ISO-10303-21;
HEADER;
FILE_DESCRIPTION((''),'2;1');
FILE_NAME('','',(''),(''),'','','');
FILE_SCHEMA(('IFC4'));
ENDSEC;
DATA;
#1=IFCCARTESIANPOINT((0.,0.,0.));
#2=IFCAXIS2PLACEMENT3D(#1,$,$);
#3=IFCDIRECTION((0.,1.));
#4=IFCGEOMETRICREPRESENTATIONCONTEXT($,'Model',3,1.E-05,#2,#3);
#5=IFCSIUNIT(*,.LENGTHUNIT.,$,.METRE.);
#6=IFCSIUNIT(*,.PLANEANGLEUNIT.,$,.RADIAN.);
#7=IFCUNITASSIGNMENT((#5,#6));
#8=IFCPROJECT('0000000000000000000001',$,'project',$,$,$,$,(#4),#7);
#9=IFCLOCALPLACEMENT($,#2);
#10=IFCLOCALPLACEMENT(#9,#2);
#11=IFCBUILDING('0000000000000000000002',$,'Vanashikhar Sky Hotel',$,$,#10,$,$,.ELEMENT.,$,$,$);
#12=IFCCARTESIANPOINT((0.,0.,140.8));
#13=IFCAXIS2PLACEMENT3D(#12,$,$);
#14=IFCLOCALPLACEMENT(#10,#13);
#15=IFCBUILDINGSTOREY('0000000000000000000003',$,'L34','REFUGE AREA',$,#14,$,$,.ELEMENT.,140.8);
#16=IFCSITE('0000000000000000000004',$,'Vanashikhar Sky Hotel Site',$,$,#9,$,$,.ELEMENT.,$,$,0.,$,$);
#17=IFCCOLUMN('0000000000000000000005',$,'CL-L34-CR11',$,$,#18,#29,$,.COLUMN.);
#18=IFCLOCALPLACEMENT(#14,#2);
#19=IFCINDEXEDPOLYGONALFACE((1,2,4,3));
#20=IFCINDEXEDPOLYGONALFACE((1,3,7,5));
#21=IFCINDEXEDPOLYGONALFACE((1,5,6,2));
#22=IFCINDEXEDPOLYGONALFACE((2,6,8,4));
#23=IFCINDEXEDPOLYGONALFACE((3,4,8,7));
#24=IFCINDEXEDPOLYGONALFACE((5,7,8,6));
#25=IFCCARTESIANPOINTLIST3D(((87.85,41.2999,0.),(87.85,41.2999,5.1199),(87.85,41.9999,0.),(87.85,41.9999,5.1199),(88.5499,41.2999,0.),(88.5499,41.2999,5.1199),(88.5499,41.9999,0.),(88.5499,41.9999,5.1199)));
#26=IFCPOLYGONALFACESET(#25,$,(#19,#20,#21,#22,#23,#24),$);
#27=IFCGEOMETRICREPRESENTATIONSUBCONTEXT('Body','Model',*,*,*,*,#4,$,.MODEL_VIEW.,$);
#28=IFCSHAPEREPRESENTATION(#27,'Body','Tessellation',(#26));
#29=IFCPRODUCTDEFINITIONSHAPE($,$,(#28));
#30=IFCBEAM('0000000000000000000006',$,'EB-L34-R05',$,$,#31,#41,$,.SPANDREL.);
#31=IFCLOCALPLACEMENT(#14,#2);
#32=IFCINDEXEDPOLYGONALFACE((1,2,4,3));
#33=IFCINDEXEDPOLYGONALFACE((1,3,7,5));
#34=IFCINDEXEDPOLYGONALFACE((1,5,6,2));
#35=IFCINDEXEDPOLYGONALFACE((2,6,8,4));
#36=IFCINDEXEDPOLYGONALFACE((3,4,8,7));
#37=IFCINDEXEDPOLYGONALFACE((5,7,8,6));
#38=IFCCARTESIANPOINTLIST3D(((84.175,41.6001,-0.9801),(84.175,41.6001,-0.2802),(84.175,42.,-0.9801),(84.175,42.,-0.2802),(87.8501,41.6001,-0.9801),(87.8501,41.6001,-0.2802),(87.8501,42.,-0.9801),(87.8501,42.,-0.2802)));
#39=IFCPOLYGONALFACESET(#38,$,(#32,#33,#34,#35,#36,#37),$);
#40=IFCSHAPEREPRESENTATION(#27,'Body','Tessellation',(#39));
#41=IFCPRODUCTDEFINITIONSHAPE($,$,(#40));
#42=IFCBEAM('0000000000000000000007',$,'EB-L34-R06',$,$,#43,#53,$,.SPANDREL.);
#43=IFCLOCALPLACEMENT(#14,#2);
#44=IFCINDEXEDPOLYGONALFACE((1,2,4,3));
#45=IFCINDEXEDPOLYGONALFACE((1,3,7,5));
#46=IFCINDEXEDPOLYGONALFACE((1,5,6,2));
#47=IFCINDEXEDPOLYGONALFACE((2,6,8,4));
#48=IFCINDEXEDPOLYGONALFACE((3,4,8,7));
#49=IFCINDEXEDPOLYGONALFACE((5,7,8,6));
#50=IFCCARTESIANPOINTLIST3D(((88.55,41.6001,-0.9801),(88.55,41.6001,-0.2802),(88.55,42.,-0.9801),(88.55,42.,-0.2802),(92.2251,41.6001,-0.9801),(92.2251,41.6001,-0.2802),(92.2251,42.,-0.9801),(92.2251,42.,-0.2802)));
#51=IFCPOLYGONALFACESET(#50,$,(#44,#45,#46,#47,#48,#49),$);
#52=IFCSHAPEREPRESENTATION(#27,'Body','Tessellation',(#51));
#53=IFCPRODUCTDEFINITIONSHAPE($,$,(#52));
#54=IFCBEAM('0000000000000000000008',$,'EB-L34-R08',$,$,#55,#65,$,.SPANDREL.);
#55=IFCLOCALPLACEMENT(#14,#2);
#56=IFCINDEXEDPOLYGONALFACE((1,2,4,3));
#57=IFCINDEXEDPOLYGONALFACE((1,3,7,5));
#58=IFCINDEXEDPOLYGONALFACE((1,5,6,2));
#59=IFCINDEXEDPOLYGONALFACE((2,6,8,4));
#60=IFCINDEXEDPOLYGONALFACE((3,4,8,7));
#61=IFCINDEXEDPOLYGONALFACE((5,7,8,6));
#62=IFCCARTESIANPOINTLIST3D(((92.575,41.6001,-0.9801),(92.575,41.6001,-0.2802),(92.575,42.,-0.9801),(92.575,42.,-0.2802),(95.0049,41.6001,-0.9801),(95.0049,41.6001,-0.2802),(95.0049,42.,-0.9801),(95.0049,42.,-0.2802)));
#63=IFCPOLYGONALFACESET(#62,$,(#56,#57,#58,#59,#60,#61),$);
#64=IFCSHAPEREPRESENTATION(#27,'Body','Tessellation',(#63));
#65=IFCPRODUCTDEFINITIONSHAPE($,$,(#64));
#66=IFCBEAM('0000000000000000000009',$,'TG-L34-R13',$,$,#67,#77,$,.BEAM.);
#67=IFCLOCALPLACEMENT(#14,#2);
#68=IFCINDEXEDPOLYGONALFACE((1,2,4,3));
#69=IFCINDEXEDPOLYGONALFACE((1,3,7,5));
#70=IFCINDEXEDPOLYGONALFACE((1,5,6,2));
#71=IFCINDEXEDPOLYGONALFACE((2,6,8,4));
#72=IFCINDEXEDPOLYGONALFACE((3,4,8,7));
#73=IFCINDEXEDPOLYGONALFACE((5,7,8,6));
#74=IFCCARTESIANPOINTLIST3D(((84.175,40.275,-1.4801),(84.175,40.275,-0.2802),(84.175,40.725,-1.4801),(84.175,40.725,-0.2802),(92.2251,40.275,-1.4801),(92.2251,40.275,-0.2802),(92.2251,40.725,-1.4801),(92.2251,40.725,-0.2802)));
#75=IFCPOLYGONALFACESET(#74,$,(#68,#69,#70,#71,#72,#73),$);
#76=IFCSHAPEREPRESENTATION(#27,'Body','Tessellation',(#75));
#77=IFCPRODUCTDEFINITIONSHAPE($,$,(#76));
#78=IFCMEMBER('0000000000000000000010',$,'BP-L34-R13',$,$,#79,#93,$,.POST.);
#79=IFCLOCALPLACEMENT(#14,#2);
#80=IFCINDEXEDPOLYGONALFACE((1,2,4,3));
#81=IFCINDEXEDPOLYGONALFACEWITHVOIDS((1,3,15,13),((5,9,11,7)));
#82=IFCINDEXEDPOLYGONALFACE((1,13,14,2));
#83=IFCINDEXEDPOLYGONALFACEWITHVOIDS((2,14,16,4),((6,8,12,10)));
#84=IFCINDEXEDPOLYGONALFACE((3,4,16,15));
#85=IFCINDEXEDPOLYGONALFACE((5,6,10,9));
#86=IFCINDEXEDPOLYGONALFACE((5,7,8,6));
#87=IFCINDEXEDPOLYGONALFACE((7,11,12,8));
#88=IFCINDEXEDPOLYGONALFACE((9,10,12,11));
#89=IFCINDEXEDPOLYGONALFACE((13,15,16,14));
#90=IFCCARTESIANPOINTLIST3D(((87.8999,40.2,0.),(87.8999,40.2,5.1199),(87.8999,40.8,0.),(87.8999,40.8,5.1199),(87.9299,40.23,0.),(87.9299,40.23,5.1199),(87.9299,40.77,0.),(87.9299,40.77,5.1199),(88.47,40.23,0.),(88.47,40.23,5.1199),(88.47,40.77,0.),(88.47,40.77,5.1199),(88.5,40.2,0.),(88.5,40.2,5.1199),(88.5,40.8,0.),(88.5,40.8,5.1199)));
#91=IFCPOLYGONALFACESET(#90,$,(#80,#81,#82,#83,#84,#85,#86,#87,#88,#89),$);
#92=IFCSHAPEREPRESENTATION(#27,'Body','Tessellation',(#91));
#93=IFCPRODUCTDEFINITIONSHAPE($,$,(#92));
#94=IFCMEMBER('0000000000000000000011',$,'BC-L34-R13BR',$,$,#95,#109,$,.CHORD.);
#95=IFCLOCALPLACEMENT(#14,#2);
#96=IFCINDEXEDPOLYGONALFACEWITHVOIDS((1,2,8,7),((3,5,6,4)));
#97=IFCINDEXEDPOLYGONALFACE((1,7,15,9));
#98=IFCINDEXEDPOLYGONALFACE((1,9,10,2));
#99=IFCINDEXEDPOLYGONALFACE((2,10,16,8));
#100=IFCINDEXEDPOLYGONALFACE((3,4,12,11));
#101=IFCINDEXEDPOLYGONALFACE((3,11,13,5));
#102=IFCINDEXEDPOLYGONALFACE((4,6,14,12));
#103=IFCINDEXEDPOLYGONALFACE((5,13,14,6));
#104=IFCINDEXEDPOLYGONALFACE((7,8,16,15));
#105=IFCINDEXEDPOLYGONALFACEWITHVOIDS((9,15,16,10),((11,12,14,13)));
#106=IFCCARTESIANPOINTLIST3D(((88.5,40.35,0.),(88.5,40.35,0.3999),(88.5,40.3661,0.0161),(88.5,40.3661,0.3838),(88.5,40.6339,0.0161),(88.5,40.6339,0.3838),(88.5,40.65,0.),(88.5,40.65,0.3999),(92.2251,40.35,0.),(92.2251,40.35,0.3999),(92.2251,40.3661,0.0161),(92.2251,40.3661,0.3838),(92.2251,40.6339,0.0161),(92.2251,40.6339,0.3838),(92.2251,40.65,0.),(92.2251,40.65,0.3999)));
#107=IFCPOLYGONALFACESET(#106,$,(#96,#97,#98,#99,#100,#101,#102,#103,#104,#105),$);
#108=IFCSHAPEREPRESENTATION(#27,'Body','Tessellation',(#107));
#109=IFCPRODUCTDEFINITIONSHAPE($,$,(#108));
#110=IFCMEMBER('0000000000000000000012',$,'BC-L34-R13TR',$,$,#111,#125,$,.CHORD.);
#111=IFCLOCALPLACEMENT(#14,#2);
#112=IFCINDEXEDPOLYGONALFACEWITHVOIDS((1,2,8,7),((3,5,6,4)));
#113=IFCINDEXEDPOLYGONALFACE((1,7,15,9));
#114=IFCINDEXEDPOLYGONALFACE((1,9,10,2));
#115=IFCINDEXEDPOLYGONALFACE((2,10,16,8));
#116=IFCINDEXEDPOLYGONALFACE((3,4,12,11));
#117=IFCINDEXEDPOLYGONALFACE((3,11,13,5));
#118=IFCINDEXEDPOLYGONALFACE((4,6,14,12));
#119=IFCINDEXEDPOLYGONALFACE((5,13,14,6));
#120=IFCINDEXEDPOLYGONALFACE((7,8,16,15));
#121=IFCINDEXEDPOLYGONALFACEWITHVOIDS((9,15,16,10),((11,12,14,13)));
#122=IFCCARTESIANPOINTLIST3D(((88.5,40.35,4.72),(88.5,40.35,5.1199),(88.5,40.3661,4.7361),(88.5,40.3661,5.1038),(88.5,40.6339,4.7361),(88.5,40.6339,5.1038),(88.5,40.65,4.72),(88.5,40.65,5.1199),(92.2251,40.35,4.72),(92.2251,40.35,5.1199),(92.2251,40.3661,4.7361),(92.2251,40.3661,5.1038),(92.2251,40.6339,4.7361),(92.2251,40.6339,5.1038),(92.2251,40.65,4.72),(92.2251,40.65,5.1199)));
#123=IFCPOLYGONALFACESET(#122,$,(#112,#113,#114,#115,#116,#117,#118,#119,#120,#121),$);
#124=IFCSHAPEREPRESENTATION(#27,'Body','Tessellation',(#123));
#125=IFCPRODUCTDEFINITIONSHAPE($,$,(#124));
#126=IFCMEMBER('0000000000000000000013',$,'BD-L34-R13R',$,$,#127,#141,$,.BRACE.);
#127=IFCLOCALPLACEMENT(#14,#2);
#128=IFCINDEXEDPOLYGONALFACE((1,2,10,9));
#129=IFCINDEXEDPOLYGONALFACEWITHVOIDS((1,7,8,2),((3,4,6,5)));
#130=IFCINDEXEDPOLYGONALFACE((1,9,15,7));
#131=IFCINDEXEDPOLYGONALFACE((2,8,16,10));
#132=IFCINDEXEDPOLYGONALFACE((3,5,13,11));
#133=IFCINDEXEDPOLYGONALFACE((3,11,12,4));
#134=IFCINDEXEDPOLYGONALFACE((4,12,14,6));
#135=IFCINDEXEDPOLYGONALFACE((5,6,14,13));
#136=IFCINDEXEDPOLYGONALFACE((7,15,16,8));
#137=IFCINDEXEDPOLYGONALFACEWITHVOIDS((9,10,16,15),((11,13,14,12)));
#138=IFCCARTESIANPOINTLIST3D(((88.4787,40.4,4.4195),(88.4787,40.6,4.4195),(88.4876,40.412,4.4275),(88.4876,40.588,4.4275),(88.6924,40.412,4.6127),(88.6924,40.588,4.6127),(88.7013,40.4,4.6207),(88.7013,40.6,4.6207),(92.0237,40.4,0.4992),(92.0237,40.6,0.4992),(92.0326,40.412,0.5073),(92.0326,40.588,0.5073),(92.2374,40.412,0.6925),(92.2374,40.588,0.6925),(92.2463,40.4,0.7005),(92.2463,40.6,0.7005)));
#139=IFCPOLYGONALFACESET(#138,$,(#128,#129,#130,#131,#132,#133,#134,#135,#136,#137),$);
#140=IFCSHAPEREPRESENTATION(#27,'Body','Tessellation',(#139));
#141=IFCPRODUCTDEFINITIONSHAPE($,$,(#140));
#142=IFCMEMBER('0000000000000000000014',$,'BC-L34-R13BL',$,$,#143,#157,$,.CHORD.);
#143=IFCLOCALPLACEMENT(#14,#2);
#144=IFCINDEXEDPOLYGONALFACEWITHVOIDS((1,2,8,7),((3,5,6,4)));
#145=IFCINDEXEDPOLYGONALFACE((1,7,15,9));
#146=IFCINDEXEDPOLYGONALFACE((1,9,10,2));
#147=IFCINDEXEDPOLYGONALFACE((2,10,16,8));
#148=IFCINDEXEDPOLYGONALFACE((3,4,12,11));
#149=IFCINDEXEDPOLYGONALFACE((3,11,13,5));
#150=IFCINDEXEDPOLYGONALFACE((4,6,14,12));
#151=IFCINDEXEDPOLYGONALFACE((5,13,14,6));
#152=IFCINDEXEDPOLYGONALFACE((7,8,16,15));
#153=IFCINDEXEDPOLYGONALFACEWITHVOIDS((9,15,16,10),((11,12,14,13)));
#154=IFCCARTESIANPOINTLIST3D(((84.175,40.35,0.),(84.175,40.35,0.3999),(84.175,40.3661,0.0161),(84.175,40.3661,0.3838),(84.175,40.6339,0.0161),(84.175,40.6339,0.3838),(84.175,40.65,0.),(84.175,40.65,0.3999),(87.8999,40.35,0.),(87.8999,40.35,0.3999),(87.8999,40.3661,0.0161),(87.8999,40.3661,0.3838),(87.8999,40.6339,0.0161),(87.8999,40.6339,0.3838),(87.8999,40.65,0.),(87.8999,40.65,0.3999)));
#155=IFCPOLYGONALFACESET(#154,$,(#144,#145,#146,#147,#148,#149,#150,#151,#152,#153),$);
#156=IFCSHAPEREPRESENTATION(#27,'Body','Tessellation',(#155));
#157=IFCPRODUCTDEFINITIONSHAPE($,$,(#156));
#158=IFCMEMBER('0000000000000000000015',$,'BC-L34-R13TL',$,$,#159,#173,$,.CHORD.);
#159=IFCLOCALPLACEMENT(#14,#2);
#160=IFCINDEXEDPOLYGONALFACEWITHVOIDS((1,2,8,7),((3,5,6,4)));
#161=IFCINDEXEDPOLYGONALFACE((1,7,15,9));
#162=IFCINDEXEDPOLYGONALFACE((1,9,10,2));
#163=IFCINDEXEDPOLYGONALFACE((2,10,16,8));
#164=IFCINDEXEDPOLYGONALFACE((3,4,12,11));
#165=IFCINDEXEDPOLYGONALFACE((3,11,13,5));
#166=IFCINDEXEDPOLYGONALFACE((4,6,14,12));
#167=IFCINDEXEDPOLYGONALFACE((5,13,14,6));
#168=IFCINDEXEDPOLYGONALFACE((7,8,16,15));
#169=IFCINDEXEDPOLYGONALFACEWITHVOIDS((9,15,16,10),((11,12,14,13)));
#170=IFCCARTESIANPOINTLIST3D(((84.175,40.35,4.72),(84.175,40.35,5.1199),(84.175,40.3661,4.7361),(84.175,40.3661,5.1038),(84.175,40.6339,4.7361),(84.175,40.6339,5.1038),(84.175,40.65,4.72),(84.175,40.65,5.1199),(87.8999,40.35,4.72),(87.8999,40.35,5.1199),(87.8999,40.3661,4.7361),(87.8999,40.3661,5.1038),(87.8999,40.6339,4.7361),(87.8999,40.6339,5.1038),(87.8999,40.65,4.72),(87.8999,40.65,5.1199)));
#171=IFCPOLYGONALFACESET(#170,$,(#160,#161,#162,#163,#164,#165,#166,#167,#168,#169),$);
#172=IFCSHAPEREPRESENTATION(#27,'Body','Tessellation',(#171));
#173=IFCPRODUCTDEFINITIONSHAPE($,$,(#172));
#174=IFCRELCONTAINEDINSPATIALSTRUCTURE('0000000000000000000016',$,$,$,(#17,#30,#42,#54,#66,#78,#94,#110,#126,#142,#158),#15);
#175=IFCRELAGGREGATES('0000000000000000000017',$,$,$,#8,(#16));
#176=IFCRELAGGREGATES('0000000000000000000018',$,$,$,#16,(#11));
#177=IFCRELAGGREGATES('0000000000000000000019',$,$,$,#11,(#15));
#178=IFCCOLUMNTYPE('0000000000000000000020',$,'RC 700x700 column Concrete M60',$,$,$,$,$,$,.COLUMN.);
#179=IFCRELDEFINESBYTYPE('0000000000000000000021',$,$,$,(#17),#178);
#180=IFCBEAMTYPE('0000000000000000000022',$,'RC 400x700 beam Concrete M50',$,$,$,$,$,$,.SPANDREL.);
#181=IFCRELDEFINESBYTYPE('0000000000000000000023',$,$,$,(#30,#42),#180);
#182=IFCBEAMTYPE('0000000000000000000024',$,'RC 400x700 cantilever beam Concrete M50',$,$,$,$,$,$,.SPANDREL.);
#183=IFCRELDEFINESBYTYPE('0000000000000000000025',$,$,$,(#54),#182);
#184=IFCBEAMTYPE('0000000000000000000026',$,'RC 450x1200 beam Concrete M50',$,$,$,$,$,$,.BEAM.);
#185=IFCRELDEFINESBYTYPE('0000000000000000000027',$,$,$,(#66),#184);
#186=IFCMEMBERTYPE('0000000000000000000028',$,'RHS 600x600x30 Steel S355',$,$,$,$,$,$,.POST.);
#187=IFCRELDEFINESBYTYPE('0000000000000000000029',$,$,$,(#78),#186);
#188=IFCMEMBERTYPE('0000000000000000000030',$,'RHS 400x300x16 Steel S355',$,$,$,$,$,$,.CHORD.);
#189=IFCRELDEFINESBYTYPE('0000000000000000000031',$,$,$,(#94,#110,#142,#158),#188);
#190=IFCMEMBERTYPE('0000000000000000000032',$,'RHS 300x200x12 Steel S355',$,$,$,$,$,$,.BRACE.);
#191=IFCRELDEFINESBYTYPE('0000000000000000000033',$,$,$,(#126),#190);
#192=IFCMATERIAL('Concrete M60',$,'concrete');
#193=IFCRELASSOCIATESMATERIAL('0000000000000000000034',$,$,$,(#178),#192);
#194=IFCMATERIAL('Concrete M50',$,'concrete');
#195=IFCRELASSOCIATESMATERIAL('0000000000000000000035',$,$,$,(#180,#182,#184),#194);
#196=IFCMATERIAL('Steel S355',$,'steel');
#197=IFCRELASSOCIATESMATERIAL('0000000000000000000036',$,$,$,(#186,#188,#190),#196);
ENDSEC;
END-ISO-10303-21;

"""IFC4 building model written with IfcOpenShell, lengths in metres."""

from ifc_helpers import new_model, si_unit, direction, frame, origin, origin_2d, place, context, subcontext, project, spatial, rectangle, hollow_rectangle, extrude, source, transform, mapped, material, material_profile, profile_set, type_object, element, save


model = new_model("IFC4")

# Units and contexts
model_context = context("Model", 3, precision=1e-05, world=origin(), true_north=direction((0.0, 1.0)))
body_context = subcontext(model_context, "Body", "Model", "MODEL_VIEW")
ifc_project = project(units=[si_unit("LENGTHUNIT", "METRE"), si_unit("PLANEANGLEUNIT", "RADIAN")], contexts=[model_context])

# Site, building, storey
site_placement = place(None, origin())
site = spatial("IfcSite", under=ifc_project, at=site_placement, Name="Vanashikhar Sky Hotel Site", CompositionType="ELEMENT", RefElevation=0.0)
building_placement = place(site_placement, origin())
building = spatial("IfcBuilding", under=site, at=building_placement, Name="Vanashikhar Sky Hotel", CompositionType="ELEMENT")
storey_placement = place(building_placement, frame((0.0, 0.0, 140.8)))
storey = spatial("IfcBuildingStorey", under=building, at=storey_placement, Name="L34", Description="REFUGE AREA", CompositionType="ELEMENT", Elevation=140.8)

# Column
ifc_material_1 = material(Name="Concrete M60", Category="concrete")
ifc_material_profile_1 = material_profile(ifc_material_1, rectangle(XDim=0.7, YDim=0.7, at=origin_2d()))
ifc_profile_set_1 = profile_set([ifc_material_profile_1], Name="RC 700x700 column Concrete M60")
column_type = type_object("IfcColumnType", Name="RC 700x700 column Concrete M60", PredefinedType="COLUMN", material=ifc_profile_set_1)
shared_shape_1 = source(origin(), body_context, "Body", "SweptSolid", [
    extrude(rectangle(XDim=0.7, YDim=0.7, at=origin_2d()), origin(), (0.0, 0.0, 1.0), 5.1199),
])
column_placement = place(storey_placement, frame((88.2, 41.6499, 0.0), z_axis=(0.0, 0.0, 1.0), x_axis=(1.0, 0.0, 0.0)))
element("IfcColumn", 1, at=column_placement, inside=storey, type_object=column_type, Name="CL-L34-CR11", PredefinedType="COLUMN", context=body_context, shape_type="MappedRepresentation", body=[
    mapped(shared_shape_1, transform((0.0, 0.0, 0.0), scale=1.0)),
])

# Beams
ifc_material_2 = material(Name="Concrete M50", Category="concrete")
ifc_material_profile_2 = material_profile(ifc_material_2, rectangle(XDim=0.3999, YDim=0.7, at=origin_2d()))
ifc_profile_set_2 = profile_set([ifc_material_profile_2], Name="RC 400x700 beam Concrete M50")
beam_type_1 = type_object("IfcBeamType", Name="RC 400x700 beam Concrete M50", PredefinedType="SPANDREL", material=ifc_profile_set_2)
shared_shape_2 = source(origin(), body_context, "Body", "SweptSolid", [
    extrude(rectangle(XDim=0.3999, YDim=0.7, at=origin_2d()), origin(), (0.0, 0.0, 1.0), 3.675),
])
for number, where, z_axis, x_axis, name in (
    (2, (84.175, 41.8, -0.6301), (1.0, 0.0, 0.0), (0.0, 1.0, 0.0), "EB-L34-R05"),
    (3, (88.55, 41.8, -0.6301), (1.0, 0.0, 0.0), (0.0, 1.0, 0.0), "EB-L34-R06"),
):
    element("IfcBeam", number, at=place(storey_placement, frame(where, z_axis=z_axis, x_axis=x_axis)), inside=storey, type_object=beam_type_1, Name=name, PredefinedType="SPANDREL", context=body_context, shape_type="MappedRepresentation", body=[
        mapped(shared_shape_2, transform((0.0, 0.0, 0.0), scale=1.0)),
    ])
ifc_material_profile_3 = material_profile(ifc_material_2, rectangle(XDim=0.3999, YDim=0.7, at=origin_2d()))
ifc_profile_set_3 = profile_set([ifc_material_profile_3], Name="RC 400x700 cantilever beam Concrete M50")
beam_type_2 = type_object("IfcBeamType", Name="RC 400x700 cantilever beam Concrete M50", PredefinedType="SPANDREL", material=ifc_profile_set_3)
shared_shape_3 = source(origin(), body_context, "Body", "SweptSolid", [
    extrude(rectangle(XDim=0.3999, YDim=0.7, at=origin_2d()), origin(), (0.0, 0.0, 1.0), 2.4299),
])
beam_1_placement = place(storey_placement, frame((92.575, 41.8, -0.6301), z_axis=(1.0, 0.0, 0.0), x_axis=(0.0, 1.0, 0.0)))
element("IfcBeam", 4, at=beam_1_placement, inside=storey, type_object=beam_type_2, Name="EB-L34-R08", PredefinedType="SPANDREL", context=body_context, shape_type="MappedRepresentation", body=[
    mapped(shared_shape_3, transform((0.0, 0.0, 0.0), scale=1.0)),
])
ifc_material_profile_4 = material_profile(ifc_material_2, rectangle(XDim=0.45, YDim=1.2, at=origin_2d()))
ifc_profile_set_4 = profile_set([ifc_material_profile_4], Name="RC 450x1200 beam Concrete M50")
beam_type_3 = type_object("IfcBeamType", Name="RC 450x1200 beam Concrete M50", PredefinedType="BEAM", material=ifc_profile_set_4)
shared_shape_4 = source(origin(), body_context, "Body", "SweptSolid", [
    extrude(rectangle(XDim=0.45, YDim=1.2, at=origin_2d()), origin(), (0.0, 0.0, 1.0), 8.05),
])
beam_2_placement = place(storey_placement, frame((84.175, 40.5, -0.8801), z_axis=(1.0, 0.0, 0.0), x_axis=(0.0, 1.0, 0.0)))
element("IfcBeam", 5, at=beam_2_placement, inside=storey, type_object=beam_type_3, Name="TG-L34-R13", PredefinedType="BEAM", context=body_context, shape_type="MappedRepresentation", body=[
    mapped(shared_shape_4, transform((0.0, 0.0, 0.0), scale=1.0)),
])

# Members
ifc_material_3 = material(Name="Steel S355", Category="steel")
ifc_material_profile_5 = material_profile(ifc_material_3, hollow_rectangle(XDim=0.6001, YDim=0.6001, WallThickness=0.03, at=origin_2d()))
ifc_profile_set_5 = profile_set([ifc_material_profile_5], Name="RHS 600x600x30 Steel S355")
member_type_1 = type_object("IfcMemberType", Name="RHS 600x600x30 Steel S355", PredefinedType="POST", material=ifc_profile_set_5)
shared_shape_5 = source(origin(), body_context, "Body", "SweptSolid", [
    extrude(hollow_rectangle(XDim=0.6001, YDim=0.6001, WallThickness=0.03, at=origin_2d()), origin(), (0.0, 0.0, 1.0), 5.1199),
])
member_1_placement = place(storey_placement, frame((88.2, 40.5, 0.0), z_axis=(0.0, 0.0, 1.0), x_axis=(1.0, 0.0, 0.0)))
element("IfcMember", 6, at=member_1_placement, inside=storey, type_object=member_type_1, Name="BP-L34-R13", PredefinedType="POST", context=body_context, shape_type="MappedRepresentation", body=[
    mapped(shared_shape_5, transform((0.0, 0.0, 0.0), scale=1.0)),
])
ifc_material_profile_6 = material_profile(ifc_material_3, hollow_rectangle(XDim=0.3, YDim=0.3999, WallThickness=0.0161, at=origin_2d()))
ifc_profile_set_6 = profile_set([ifc_material_profile_6], Name="RHS 400x300x16 Steel S355")
member_type_2 = type_object("IfcMemberType", Name="RHS 400x300x16 Steel S355", PredefinedType="CHORD", material=ifc_profile_set_6)
shared_shape_6 = source(origin(), body_context, "Body", "SweptSolid", [
    extrude(hollow_rectangle(XDim=0.3, YDim=0.3999, WallThickness=0.0161, at=origin_2d()), origin(), (0.0, 0.0, 1.0), 3.7251),
])
for number, where, z_axis, x_axis, name in (
    (7, (88.5, 40.5, 0.2), (1.0, 0.0, 0.0), (0.0, 1.0, 0.0), "BC-L34-R13BR"),
    (8, (88.5, 40.5, 4.9199), (1.0, 0.0, 0.0), (0.0, 1.0, 0.0), "BC-L34-R13TR"),
):
    element("IfcMember", number, at=place(storey_placement, frame(where, z_axis=z_axis, x_axis=x_axis)), inside=storey, type_object=member_type_2, Name=name, PredefinedType="CHORD", context=body_context, shape_type="MappedRepresentation", body=[
        mapped(shared_shape_6, transform((0.0, 0.0, 0.0), scale=1.0)),
    ])
ifc_material_profile_7 = material_profile(ifc_material_3, hollow_rectangle(XDim=0.2, YDim=0.3, WallThickness=0.012, at=origin_2d()))
ifc_profile_set_7 = profile_set([ifc_material_profile_7], Name="RHS 300x200x12 Steel S355")
member_type_3 = type_object("IfcMemberType", Name="RHS 300x200x12 Steel S355", PredefinedType="BRACE", material=ifc_profile_set_7)
shared_shape_7 = source(origin(), body_context, "Body", "SweptSolid", [
    extrude(hollow_rectangle(XDim=0.2, YDim=0.3, WallThickness=0.012, at=origin_2d()), origin(), (0.0, 0.0, 1.0), 5.2854),
])
member_2_placement = place(storey_placement, frame((92.135, 40.5, 0.5999), z_axis=(-0.670716, 0.0, 0.741714), x_axis=(0.0, -1.0, 0.0)))
element("IfcMember", 9, at=member_2_placement, inside=storey, type_object=member_type_3, Name="BD-L34-R13R", PredefinedType="BRACE", context=body_context, shape_type="MappedRepresentation", body=[
    mapped(shared_shape_7, transform((0.0, 0.0, 0.0), scale=1.0)),
])
shared_shape_8 = source(origin(), body_context, "Body", "SweptSolid", [
    extrude(hollow_rectangle(XDim=0.3, YDim=0.3999, WallThickness=0.0161, at=origin_2d()), origin(), (0.0, 0.0, 1.0), 3.7249),
])
for number, where, z_axis, x_axis, name in (
    (10, (84.175, 40.5, 0.2), (1.0, 0.0, 0.0), (0.0, 1.0, 0.0), "BC-L34-R13BL"),
    (11, (84.175, 40.5, 4.9199), (1.0, 0.0, 0.0), (0.0, 1.0, 0.0), "BC-L34-R13TL"),
):
    element("IfcMember", number, at=place(storey_placement, frame(where, z_axis=z_axis, x_axis=x_axis)), inside=storey, type_object=member_type_2, Name=name, PredefinedType="CHORD", context=body_context, shape_type="MappedRepresentation", body=[
        mapped(shared_shape_8, transform((0.0, 0.0, 0.0), scale=1.0)),
    ])

save(model, "model.ifc")
